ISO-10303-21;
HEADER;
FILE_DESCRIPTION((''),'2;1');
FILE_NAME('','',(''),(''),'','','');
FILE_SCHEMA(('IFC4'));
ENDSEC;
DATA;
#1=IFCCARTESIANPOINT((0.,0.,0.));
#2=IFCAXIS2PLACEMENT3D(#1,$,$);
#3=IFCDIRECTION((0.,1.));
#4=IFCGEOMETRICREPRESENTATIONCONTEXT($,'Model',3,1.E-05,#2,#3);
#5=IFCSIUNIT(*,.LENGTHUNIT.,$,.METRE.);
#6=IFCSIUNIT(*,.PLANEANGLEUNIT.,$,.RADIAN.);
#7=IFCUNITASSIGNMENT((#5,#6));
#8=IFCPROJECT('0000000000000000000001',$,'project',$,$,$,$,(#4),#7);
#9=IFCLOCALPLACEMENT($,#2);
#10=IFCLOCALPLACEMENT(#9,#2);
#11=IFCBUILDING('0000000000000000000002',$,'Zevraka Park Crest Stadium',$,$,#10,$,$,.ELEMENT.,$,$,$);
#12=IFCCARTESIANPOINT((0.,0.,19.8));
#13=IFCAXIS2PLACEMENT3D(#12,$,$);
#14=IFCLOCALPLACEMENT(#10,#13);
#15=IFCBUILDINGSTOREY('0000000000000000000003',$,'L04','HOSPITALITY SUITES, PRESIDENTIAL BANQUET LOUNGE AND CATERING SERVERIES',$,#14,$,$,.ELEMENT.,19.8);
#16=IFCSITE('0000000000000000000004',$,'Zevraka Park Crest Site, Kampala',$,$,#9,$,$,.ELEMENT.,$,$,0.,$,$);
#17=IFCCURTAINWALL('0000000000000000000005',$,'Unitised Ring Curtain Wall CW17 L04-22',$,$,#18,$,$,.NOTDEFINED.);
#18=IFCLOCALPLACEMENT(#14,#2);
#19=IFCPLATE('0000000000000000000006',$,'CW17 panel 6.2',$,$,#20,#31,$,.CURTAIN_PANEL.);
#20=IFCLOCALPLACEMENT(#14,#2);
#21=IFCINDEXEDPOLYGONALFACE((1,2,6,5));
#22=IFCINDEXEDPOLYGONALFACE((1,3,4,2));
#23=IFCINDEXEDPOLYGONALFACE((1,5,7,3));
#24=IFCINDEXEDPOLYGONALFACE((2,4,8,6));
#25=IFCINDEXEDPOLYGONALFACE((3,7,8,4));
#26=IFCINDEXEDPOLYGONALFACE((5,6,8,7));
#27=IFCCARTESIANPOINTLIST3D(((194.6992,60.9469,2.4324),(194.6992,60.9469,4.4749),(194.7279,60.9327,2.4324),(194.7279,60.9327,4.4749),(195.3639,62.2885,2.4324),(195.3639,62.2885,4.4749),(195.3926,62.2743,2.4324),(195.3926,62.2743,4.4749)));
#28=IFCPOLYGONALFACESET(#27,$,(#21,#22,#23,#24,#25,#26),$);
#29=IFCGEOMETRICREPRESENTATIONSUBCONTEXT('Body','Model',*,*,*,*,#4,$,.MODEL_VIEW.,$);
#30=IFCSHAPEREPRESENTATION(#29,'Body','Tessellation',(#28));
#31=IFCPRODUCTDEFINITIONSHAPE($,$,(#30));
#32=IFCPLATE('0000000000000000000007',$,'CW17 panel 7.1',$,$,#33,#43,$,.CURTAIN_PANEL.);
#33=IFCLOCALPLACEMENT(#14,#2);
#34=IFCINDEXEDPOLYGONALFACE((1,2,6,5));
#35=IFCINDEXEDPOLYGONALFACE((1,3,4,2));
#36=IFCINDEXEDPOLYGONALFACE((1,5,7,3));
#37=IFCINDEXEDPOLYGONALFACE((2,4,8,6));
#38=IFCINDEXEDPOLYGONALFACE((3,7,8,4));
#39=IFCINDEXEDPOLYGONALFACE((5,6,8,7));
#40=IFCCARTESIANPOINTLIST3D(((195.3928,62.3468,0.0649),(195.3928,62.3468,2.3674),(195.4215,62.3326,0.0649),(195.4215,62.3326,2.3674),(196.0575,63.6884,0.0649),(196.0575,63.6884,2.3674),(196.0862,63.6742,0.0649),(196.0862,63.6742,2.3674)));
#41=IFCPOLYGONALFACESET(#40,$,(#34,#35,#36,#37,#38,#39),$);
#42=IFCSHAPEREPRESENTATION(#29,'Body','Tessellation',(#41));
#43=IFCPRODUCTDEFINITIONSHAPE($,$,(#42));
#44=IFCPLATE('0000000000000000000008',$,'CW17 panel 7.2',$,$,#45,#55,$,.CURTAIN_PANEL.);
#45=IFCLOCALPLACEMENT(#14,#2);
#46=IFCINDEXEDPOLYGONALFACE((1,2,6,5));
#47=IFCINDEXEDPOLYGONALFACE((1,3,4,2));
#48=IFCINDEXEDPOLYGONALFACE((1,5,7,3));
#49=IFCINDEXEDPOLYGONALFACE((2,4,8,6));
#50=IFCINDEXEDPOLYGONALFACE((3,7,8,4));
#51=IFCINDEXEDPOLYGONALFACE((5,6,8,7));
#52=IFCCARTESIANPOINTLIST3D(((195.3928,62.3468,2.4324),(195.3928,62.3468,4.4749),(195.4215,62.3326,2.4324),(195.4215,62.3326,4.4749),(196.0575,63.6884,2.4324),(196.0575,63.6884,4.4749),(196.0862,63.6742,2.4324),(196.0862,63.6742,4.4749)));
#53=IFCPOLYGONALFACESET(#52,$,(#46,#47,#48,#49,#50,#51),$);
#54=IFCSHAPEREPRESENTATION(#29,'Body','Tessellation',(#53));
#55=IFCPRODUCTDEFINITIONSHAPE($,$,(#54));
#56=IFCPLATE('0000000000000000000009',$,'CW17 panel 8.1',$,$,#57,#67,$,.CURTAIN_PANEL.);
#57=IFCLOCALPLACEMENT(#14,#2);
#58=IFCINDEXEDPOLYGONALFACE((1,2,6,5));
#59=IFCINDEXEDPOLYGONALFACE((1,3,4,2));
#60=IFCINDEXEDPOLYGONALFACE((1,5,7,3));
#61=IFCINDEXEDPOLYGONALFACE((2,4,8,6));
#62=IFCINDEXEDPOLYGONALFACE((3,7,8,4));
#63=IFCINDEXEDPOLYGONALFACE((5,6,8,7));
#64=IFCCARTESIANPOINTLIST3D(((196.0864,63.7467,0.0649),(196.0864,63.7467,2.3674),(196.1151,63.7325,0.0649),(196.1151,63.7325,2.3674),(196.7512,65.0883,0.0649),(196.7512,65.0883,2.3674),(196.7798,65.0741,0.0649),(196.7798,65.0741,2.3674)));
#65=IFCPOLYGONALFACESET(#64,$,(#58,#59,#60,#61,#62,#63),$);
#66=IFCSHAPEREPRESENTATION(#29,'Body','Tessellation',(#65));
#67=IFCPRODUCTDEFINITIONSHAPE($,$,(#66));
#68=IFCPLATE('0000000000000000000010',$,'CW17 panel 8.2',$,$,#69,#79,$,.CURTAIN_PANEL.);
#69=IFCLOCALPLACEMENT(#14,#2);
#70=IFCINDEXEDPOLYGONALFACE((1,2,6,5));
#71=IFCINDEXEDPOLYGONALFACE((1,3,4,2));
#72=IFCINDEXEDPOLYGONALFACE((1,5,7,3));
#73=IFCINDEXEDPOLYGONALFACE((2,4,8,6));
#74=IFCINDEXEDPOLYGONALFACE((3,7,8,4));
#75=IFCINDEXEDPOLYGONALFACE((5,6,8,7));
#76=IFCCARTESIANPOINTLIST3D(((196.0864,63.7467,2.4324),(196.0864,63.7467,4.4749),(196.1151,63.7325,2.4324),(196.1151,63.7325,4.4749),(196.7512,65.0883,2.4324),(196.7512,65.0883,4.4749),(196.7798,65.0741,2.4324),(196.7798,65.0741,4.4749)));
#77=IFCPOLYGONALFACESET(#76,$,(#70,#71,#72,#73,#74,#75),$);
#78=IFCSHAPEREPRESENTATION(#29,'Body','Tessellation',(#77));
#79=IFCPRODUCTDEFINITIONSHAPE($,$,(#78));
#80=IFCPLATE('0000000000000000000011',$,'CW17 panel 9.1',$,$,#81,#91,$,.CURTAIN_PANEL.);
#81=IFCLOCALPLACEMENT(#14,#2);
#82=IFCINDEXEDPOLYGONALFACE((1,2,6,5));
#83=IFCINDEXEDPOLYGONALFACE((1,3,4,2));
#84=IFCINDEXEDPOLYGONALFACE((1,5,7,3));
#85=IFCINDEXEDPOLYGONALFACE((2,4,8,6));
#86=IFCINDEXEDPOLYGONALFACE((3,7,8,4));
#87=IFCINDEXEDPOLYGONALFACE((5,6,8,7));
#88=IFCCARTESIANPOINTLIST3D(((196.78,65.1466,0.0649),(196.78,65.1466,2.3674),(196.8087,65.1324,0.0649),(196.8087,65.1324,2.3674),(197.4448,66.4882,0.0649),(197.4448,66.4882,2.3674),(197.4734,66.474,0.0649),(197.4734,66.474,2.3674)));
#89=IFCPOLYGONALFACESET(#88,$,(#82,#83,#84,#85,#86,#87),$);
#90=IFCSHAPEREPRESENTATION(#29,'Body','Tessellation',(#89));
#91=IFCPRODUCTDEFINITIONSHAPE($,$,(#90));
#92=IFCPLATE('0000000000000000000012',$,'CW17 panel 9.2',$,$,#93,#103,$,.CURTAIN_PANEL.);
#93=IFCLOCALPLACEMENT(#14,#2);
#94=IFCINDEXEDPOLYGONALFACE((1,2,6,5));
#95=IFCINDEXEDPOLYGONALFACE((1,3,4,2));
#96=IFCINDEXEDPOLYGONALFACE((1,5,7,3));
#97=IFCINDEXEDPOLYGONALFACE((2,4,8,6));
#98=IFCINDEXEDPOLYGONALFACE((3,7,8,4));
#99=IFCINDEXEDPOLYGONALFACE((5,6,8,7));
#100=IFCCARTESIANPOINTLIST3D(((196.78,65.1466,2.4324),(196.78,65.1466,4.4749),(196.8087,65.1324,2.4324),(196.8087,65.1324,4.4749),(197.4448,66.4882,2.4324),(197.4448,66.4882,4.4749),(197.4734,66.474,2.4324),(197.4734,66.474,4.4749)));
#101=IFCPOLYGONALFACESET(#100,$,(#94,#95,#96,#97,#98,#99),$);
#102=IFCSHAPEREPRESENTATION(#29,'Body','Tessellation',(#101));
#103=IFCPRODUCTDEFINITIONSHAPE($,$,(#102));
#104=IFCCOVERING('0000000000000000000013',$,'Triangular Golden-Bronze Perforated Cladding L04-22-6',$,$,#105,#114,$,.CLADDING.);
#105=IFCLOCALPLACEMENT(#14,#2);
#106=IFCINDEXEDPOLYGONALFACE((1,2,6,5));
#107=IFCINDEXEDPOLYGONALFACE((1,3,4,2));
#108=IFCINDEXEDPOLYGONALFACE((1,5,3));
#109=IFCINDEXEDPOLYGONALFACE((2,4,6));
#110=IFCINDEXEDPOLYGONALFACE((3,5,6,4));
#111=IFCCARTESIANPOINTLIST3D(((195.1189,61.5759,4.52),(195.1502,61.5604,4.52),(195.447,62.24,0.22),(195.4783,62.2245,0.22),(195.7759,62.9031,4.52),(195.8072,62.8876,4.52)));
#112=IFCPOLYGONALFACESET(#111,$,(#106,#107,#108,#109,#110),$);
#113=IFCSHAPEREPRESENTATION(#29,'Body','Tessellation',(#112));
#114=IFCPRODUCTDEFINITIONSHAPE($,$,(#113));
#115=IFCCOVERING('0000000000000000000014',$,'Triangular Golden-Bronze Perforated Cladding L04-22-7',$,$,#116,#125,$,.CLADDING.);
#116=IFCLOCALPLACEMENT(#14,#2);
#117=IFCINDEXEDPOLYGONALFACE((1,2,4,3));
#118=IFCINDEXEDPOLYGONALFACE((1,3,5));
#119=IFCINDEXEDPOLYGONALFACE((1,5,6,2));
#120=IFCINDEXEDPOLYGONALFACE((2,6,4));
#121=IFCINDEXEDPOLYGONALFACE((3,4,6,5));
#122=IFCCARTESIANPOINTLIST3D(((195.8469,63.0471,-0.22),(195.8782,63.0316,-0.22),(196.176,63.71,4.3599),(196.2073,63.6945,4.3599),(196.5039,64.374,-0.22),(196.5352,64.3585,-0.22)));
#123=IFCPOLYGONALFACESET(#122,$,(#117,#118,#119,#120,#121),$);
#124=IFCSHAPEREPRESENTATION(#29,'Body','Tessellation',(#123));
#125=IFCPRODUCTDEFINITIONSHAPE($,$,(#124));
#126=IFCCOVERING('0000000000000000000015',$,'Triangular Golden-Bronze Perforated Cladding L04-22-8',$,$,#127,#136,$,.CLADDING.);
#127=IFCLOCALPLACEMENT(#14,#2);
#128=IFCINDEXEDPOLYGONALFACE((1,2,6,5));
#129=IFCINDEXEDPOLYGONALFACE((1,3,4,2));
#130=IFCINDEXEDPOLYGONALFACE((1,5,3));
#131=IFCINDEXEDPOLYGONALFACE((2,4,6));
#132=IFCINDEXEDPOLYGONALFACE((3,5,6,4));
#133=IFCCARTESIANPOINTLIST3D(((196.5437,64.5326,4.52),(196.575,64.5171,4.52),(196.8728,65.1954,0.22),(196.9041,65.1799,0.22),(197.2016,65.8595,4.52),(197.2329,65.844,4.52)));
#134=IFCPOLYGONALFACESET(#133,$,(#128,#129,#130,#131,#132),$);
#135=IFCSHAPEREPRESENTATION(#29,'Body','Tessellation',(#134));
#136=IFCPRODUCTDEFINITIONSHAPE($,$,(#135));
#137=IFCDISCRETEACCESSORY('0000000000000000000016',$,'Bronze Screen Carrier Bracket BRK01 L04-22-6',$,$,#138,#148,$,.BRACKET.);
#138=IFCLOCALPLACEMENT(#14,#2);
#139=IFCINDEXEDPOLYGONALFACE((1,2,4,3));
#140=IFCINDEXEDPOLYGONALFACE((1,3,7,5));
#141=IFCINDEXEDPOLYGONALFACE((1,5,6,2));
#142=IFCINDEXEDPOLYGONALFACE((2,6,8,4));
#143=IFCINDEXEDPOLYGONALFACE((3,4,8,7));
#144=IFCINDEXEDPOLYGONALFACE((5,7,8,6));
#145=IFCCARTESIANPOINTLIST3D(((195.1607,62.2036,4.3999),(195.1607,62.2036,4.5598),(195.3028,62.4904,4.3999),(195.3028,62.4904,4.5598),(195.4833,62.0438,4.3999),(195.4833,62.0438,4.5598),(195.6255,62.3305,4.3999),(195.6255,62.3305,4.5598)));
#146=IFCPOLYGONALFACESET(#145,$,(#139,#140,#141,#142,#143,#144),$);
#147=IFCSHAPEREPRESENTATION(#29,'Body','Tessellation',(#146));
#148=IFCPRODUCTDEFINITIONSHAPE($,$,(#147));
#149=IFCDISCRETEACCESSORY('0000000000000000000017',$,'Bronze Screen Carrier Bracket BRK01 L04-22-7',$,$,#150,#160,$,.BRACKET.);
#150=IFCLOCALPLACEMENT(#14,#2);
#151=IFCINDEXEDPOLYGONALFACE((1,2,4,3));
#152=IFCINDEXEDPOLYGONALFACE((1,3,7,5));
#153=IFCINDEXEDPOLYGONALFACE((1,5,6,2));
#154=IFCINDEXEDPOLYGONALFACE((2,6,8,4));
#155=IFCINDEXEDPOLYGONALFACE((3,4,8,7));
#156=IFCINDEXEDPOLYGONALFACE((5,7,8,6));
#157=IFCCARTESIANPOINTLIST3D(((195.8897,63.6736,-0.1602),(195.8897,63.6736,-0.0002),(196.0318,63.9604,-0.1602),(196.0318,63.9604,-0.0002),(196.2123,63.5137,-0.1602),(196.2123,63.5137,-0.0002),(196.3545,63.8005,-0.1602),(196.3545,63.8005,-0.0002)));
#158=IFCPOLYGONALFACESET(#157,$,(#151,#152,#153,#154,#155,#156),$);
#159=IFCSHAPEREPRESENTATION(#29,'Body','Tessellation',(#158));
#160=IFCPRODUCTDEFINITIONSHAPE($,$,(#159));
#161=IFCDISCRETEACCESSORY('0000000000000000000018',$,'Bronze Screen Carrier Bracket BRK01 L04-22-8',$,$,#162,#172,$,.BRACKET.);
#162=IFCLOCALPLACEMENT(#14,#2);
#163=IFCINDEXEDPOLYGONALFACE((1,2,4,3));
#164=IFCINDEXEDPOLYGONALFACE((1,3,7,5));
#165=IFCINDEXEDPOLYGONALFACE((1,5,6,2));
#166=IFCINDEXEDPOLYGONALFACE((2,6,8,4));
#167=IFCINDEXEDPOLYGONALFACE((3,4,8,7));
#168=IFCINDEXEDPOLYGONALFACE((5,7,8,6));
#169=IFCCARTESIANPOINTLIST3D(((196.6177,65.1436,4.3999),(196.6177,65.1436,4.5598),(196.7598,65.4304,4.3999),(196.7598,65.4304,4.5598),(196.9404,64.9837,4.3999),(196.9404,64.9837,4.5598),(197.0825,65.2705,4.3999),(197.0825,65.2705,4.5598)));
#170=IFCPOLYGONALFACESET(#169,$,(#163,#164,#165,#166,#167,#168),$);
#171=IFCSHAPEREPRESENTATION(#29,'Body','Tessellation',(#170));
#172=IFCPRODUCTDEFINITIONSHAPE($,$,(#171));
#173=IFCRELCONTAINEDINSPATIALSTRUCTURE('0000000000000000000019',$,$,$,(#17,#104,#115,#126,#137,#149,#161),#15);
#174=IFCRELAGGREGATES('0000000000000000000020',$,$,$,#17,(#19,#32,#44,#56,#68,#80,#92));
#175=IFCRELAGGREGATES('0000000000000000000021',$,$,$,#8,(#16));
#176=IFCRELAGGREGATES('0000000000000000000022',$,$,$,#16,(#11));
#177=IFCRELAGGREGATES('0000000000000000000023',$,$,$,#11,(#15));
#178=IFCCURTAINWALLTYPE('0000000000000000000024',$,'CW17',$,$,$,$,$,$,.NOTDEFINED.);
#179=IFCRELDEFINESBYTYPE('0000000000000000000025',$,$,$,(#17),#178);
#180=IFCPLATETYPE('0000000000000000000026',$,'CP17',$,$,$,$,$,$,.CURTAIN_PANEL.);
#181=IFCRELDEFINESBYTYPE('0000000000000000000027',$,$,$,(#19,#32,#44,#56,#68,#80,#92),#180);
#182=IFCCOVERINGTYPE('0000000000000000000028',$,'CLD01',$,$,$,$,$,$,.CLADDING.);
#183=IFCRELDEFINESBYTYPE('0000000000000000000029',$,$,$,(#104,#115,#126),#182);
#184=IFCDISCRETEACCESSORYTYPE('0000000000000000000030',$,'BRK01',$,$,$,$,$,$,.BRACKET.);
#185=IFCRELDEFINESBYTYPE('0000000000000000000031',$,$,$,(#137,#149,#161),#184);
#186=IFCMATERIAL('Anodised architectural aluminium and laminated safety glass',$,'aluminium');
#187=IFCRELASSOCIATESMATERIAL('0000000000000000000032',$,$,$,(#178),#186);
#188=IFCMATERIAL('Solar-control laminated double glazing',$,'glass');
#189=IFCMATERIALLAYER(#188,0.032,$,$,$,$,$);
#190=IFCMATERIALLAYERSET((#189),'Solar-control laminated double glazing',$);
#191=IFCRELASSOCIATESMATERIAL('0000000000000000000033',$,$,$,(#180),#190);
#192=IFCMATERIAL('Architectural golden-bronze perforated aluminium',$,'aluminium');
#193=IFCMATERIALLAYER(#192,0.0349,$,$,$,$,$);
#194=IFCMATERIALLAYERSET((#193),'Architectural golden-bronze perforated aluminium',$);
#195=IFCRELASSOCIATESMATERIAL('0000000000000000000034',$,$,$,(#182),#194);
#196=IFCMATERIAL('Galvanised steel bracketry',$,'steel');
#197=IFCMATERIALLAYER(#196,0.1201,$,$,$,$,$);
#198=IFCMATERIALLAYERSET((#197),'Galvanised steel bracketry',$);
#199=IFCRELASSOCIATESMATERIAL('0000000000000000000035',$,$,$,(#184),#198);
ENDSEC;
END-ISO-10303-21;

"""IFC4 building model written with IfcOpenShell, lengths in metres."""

from ifc_helpers import new_model, si_unit, direction, frame, origin, origin_2d, place, context, subcontext, project, spatial, polyline, rectangle, outline, extrude, material, layer, layer_set, type_object, element, aggregate, save


model = new_model("IFC4")

# Units and contexts
model_context = context("Model", 3, precision=1e-05, world=origin(), true_north=direction((0.0, 1.0)))
body_context = subcontext(model_context, "Body", "Model", "MODEL_VIEW")
ifc_project = project(units=[si_unit("LENGTHUNIT", "METRE"), si_unit("PLANEANGLEUNIT", "RADIAN")], contexts=[model_context])

# Site, building, storey
site_placement = place(None, origin())
site = spatial("IfcSite", under=ifc_project, at=site_placement, Name="Zevraka Park Crest Site, Kampala", CompositionType="ELEMENT", RefElevation=0.0)
building_placement = place(site_placement, origin())
building = spatial("IfcBuilding", under=site, at=building_placement, Name="Zevraka Park Crest Stadium", CompositionType="ELEMENT")
storey_placement = place(building_placement, frame((0.0, 0.0, 19.8)))
storey = spatial("IfcBuildingStorey", under=building, at=storey_placement, Name="L04", Description="HOSPITALITY SUITES, PRESIDENTIAL BANQUET LOUNGE AND CATERING SERVERIES", CompositionType="ELEMENT", Elevation=19.8)

# Curtain wall, plates
ifc_material_1 = material(Name="Anodised architectural aluminium and laminated safety glass", Category="aluminium")
curtain_wall_type = type_object("IfcCurtainWallType", Name="CW17", PredefinedType="NOTDEFINED", material=ifc_material_1)
curtain_wall_placement = place(storey_placement, origin())
curtain_wall = element("IfcCurtainWall", 1, at=curtain_wall_placement, inside=storey, type_object=curtain_wall_type, Name="Unitised Ring Curtain Wall CW17 L04-22", PredefinedType="NOTDEFINED")
ifc_material_2 = material(Name="Solar-control laminated double glazing", Category="glass")
ifc_layer_1 = layer(ifc_material_2, 0.032)
ifc_layer_set_1 = layer_set([ifc_layer_1], Name="Solar-control laminated double glazing")
plate_type = type_object("IfcPlateType", Name="CP17", PredefinedType="CURTAIN_PANEL", material=ifc_layer_set_1)
plate_1_placement = place(storey_placement, frame((195.0459, 61.6106, 2.4324), z_axis=(0.0, 0.0, 1.0), x_axis=(0.443961, 0.896046, 0.0)))
plate_1 = element("IfcPlate", 2, at=plate_1_placement, type_object=plate_type, Name="CW17 panel 6.2", PredefinedType="CURTAIN_PANEL", context=body_context, shape_type="SweptSolid", body=[
    extrude(rectangle(XDim=1.4973, YDim=0.032, at=origin_2d()), origin(), (0.0, 0.0, 1.0), 2.0425),
])
plate_2_placement = place(storey_placement, frame((195.7395, 63.0105, 0.0649), z_axis=(0.0, 0.0, 1.0), x_axis=(0.443961, 0.896046, 0.0)))
plate_2 = element("IfcPlate", 3, at=plate_2_placement, type_object=plate_type, Name="CW17 panel 7.1", PredefinedType="CURTAIN_PANEL", context=body_context, shape_type="SweptSolid", body=[
    extrude(rectangle(XDim=1.4973, YDim=0.032, at=origin_2d()), origin(), (0.0, 0.0, 1.0), 2.3025),
])
plate_3_placement = place(storey_placement, frame((195.7395, 63.0105, 2.4324), z_axis=(0.0, 0.0, 1.0), x_axis=(0.443961, 0.896046, 0.0)))
plate_3 = element("IfcPlate", 4, at=plate_3_placement, type_object=plate_type, Name="CW17 panel 7.2", PredefinedType="CURTAIN_PANEL", context=body_context, shape_type="SweptSolid", body=[
    extrude(rectangle(XDim=1.4973, YDim=0.032, at=origin_2d()), origin(), (0.0, 0.0, 1.0), 2.0425),
])
plate_4_placement = place(storey_placement, frame((196.4331, 64.4104, 0.0649), z_axis=(0.0, 0.0, 1.0), x_axis=(0.443961, 0.896046, 0.0)))
plate_4 = element("IfcPlate", 5, at=plate_4_placement, type_object=plate_type, Name="CW17 panel 8.1", PredefinedType="CURTAIN_PANEL", context=body_context, shape_type="SweptSolid", body=[
    extrude(rectangle(XDim=1.4973, YDim=0.032, at=origin_2d()), origin(), (0.0, 0.0, 1.0), 2.3025),
])
plate_5_placement = place(storey_placement, frame((196.4331, 64.4104, 2.4324), z_axis=(0.0, 0.0, 1.0), x_axis=(0.443961, 0.896046, 0.0)))
plate_5 = element("IfcPlate", 6, at=plate_5_placement, type_object=plate_type, Name="CW17 panel 8.2", PredefinedType="CURTAIN_PANEL", context=body_context, shape_type="SweptSolid", body=[
    extrude(rectangle(XDim=1.4973, YDim=0.032, at=origin_2d()), origin(), (0.0, 0.0, 1.0), 2.0425),
])
plate_6_placement = place(storey_placement, frame((197.1267, 65.8103, 0.0649), z_axis=(0.0, 0.0, 1.0), x_axis=(0.443961, 0.896046, 0.0)))
plate_6 = element("IfcPlate", 7, at=plate_6_placement, type_object=plate_type, Name="CW17 panel 9.1", PredefinedType="CURTAIN_PANEL", context=body_context, shape_type="SweptSolid", body=[
    extrude(rectangle(XDim=1.4973, YDim=0.032, at=origin_2d()), origin(), (0.0, 0.0, 1.0), 2.3025),
])
plate_7_placement = place(storey_placement, frame((197.1267, 65.8103, 2.4324), z_axis=(0.0, 0.0, 1.0), x_axis=(0.443961, 0.896046, 0.0)))
plate_7 = element("IfcPlate", 8, at=plate_7_placement, type_object=plate_type, Name="CW17 panel 9.2", PredefinedType="CURTAIN_PANEL", context=body_context, shape_type="SweptSolid", body=[
    extrude(rectangle(XDim=1.4973, YDim=0.032, at=origin_2d()), origin(), (0.0, 0.0, 1.0), 2.0425),
])
aggregate(curtain_wall, [plate_1, plate_2, plate_3, plate_4, plate_5, plate_6, plate_7])

# Coverings
ifc_material_3 = material(Name="Architectural golden-bronze perforated aluminium", Category="aluminium")
ifc_layer_2 = layer(ifc_material_3, 0.0349)
ifc_layer_set_2 = layer_set([ifc_layer_2], Name="Architectural golden-bronze perforated aluminium")
covering_type = type_object("IfcCoveringType", Name="CLD01", PredefinedType="CLADDING", material=ifc_layer_set_2)
covering_1_placement = place(storey_placement, frame((195.7759, 62.9031, 4.52), z_axis=(-0.896201, 0.443649, 0.000127), x_axis=(-0.443649, -0.896201, 0.0)))
element("IfcCovering", 9, at=covering_1_placement, inside=storey, type_object=covering_type, Name="Triangular Golden-Bronze Perforated Cladding L04-22-6", PredefinedType="CLADDING", context=body_context, shape_type="SweptSolid", body=[
    extrude(outline(polyline([(0.0, 0.0), (1.4809, 0.0), (0.7402, -4.3), (0.0, 0.0)])), origin(), (0.0, 0.0, -1.0), 0.0349),
])
covering_2_placement = place(storey_placement, frame((195.8469, 63.0471, -0.22), z_axis=(-0.896168, 0.443715, 0.000179), x_axis=(0.443715, 0.896168, 0.0)))
element("IfcCovering", 10, at=covering_2_placement, inside=storey, type_object=covering_type, Name="Triangular Golden-Bronze Perforated Cladding L04-22-7", PredefinedType="CLADDING", context=body_context, shape_type="SweptSolid", body=[
    extrude(outline(polyline([(0.0, 0.0), (1.4806, 0.0), (0.74, -4.5798), (0.0, 0.0)])), origin(), (0.0, 0.0, -1.0), 0.0349),
])
covering_3_placement = place(storey_placement, frame((197.2329, 65.844, 4.52), z_axis=(0.895906, -0.444244, 0.000088), x_axis=(-0.444244, -0.895906, 0.0)))
element("IfcCovering", 11, at=covering_3_placement, inside=storey, type_object=covering_type, Name="Triangular Golden-Bronze Perforated Cladding L04-22-8", PredefinedType="CLADDING", context=body_context, shape_type="SweptSolid", body=[
    extrude(outline(polyline([(0.0, 0.0), (1.4811, 0.0), (0.741, 4.3), (0.0, 0.0)])), origin(), (0.0, 0.0, -1.0), 0.0349),
])

# Discrete accessories
ifc_material_4 = material(Name="Galvanised steel bracketry", Category="steel")
ifc_layer_3 = layer(ifc_material_4, 0.1201)
ifc_layer_set_3 = layer_set([ifc_layer_3], Name="Galvanised steel bracketry")
discrete_accessory_type = type_object("IfcDiscreteAccessoryType", Name="BRK01", PredefinedType="BRACKET", material=ifc_layer_set_3)
for number, where, z_axis, x_axis, name in (
    (12, (195.3931, 62.2671, 4.3999), (0.0, 0.0, 1.0), (0.44401, 0.896022, 0.0), "Bronze Screen Carrier Bracket BRK01 L04-22-6"),
    (13, (196.1221, 63.7371, -0.1602), (0.0, 0.0, 1.0), (0.44401, 0.896022, 0.0), "Bronze Screen Carrier Bracket BRK01 L04-22-7"),
    (14, (196.8501, 65.207, 4.3999), (0.0, 0.0, 1.0), (0.44401, 0.896022, 0.0), "Bronze Screen Carrier Bracket BRK01 L04-22-8"),
):
    element("IfcDiscreteAccessory", number, at=place(storey_placement, frame(where, z_axis=z_axis, x_axis=x_axis)), inside=storey, type_object=discrete_accessory_type, Name=name, PredefinedType="BRACKET", context=body_context, shape_type="SweptSolid", body=[
        extrude(rectangle(XDim=0.3201, YDim=0.3601, at=origin_2d()), origin(), (0.0, 0.0, 1.0), 0.1599),
    ])

save(model, "model.ifc")
